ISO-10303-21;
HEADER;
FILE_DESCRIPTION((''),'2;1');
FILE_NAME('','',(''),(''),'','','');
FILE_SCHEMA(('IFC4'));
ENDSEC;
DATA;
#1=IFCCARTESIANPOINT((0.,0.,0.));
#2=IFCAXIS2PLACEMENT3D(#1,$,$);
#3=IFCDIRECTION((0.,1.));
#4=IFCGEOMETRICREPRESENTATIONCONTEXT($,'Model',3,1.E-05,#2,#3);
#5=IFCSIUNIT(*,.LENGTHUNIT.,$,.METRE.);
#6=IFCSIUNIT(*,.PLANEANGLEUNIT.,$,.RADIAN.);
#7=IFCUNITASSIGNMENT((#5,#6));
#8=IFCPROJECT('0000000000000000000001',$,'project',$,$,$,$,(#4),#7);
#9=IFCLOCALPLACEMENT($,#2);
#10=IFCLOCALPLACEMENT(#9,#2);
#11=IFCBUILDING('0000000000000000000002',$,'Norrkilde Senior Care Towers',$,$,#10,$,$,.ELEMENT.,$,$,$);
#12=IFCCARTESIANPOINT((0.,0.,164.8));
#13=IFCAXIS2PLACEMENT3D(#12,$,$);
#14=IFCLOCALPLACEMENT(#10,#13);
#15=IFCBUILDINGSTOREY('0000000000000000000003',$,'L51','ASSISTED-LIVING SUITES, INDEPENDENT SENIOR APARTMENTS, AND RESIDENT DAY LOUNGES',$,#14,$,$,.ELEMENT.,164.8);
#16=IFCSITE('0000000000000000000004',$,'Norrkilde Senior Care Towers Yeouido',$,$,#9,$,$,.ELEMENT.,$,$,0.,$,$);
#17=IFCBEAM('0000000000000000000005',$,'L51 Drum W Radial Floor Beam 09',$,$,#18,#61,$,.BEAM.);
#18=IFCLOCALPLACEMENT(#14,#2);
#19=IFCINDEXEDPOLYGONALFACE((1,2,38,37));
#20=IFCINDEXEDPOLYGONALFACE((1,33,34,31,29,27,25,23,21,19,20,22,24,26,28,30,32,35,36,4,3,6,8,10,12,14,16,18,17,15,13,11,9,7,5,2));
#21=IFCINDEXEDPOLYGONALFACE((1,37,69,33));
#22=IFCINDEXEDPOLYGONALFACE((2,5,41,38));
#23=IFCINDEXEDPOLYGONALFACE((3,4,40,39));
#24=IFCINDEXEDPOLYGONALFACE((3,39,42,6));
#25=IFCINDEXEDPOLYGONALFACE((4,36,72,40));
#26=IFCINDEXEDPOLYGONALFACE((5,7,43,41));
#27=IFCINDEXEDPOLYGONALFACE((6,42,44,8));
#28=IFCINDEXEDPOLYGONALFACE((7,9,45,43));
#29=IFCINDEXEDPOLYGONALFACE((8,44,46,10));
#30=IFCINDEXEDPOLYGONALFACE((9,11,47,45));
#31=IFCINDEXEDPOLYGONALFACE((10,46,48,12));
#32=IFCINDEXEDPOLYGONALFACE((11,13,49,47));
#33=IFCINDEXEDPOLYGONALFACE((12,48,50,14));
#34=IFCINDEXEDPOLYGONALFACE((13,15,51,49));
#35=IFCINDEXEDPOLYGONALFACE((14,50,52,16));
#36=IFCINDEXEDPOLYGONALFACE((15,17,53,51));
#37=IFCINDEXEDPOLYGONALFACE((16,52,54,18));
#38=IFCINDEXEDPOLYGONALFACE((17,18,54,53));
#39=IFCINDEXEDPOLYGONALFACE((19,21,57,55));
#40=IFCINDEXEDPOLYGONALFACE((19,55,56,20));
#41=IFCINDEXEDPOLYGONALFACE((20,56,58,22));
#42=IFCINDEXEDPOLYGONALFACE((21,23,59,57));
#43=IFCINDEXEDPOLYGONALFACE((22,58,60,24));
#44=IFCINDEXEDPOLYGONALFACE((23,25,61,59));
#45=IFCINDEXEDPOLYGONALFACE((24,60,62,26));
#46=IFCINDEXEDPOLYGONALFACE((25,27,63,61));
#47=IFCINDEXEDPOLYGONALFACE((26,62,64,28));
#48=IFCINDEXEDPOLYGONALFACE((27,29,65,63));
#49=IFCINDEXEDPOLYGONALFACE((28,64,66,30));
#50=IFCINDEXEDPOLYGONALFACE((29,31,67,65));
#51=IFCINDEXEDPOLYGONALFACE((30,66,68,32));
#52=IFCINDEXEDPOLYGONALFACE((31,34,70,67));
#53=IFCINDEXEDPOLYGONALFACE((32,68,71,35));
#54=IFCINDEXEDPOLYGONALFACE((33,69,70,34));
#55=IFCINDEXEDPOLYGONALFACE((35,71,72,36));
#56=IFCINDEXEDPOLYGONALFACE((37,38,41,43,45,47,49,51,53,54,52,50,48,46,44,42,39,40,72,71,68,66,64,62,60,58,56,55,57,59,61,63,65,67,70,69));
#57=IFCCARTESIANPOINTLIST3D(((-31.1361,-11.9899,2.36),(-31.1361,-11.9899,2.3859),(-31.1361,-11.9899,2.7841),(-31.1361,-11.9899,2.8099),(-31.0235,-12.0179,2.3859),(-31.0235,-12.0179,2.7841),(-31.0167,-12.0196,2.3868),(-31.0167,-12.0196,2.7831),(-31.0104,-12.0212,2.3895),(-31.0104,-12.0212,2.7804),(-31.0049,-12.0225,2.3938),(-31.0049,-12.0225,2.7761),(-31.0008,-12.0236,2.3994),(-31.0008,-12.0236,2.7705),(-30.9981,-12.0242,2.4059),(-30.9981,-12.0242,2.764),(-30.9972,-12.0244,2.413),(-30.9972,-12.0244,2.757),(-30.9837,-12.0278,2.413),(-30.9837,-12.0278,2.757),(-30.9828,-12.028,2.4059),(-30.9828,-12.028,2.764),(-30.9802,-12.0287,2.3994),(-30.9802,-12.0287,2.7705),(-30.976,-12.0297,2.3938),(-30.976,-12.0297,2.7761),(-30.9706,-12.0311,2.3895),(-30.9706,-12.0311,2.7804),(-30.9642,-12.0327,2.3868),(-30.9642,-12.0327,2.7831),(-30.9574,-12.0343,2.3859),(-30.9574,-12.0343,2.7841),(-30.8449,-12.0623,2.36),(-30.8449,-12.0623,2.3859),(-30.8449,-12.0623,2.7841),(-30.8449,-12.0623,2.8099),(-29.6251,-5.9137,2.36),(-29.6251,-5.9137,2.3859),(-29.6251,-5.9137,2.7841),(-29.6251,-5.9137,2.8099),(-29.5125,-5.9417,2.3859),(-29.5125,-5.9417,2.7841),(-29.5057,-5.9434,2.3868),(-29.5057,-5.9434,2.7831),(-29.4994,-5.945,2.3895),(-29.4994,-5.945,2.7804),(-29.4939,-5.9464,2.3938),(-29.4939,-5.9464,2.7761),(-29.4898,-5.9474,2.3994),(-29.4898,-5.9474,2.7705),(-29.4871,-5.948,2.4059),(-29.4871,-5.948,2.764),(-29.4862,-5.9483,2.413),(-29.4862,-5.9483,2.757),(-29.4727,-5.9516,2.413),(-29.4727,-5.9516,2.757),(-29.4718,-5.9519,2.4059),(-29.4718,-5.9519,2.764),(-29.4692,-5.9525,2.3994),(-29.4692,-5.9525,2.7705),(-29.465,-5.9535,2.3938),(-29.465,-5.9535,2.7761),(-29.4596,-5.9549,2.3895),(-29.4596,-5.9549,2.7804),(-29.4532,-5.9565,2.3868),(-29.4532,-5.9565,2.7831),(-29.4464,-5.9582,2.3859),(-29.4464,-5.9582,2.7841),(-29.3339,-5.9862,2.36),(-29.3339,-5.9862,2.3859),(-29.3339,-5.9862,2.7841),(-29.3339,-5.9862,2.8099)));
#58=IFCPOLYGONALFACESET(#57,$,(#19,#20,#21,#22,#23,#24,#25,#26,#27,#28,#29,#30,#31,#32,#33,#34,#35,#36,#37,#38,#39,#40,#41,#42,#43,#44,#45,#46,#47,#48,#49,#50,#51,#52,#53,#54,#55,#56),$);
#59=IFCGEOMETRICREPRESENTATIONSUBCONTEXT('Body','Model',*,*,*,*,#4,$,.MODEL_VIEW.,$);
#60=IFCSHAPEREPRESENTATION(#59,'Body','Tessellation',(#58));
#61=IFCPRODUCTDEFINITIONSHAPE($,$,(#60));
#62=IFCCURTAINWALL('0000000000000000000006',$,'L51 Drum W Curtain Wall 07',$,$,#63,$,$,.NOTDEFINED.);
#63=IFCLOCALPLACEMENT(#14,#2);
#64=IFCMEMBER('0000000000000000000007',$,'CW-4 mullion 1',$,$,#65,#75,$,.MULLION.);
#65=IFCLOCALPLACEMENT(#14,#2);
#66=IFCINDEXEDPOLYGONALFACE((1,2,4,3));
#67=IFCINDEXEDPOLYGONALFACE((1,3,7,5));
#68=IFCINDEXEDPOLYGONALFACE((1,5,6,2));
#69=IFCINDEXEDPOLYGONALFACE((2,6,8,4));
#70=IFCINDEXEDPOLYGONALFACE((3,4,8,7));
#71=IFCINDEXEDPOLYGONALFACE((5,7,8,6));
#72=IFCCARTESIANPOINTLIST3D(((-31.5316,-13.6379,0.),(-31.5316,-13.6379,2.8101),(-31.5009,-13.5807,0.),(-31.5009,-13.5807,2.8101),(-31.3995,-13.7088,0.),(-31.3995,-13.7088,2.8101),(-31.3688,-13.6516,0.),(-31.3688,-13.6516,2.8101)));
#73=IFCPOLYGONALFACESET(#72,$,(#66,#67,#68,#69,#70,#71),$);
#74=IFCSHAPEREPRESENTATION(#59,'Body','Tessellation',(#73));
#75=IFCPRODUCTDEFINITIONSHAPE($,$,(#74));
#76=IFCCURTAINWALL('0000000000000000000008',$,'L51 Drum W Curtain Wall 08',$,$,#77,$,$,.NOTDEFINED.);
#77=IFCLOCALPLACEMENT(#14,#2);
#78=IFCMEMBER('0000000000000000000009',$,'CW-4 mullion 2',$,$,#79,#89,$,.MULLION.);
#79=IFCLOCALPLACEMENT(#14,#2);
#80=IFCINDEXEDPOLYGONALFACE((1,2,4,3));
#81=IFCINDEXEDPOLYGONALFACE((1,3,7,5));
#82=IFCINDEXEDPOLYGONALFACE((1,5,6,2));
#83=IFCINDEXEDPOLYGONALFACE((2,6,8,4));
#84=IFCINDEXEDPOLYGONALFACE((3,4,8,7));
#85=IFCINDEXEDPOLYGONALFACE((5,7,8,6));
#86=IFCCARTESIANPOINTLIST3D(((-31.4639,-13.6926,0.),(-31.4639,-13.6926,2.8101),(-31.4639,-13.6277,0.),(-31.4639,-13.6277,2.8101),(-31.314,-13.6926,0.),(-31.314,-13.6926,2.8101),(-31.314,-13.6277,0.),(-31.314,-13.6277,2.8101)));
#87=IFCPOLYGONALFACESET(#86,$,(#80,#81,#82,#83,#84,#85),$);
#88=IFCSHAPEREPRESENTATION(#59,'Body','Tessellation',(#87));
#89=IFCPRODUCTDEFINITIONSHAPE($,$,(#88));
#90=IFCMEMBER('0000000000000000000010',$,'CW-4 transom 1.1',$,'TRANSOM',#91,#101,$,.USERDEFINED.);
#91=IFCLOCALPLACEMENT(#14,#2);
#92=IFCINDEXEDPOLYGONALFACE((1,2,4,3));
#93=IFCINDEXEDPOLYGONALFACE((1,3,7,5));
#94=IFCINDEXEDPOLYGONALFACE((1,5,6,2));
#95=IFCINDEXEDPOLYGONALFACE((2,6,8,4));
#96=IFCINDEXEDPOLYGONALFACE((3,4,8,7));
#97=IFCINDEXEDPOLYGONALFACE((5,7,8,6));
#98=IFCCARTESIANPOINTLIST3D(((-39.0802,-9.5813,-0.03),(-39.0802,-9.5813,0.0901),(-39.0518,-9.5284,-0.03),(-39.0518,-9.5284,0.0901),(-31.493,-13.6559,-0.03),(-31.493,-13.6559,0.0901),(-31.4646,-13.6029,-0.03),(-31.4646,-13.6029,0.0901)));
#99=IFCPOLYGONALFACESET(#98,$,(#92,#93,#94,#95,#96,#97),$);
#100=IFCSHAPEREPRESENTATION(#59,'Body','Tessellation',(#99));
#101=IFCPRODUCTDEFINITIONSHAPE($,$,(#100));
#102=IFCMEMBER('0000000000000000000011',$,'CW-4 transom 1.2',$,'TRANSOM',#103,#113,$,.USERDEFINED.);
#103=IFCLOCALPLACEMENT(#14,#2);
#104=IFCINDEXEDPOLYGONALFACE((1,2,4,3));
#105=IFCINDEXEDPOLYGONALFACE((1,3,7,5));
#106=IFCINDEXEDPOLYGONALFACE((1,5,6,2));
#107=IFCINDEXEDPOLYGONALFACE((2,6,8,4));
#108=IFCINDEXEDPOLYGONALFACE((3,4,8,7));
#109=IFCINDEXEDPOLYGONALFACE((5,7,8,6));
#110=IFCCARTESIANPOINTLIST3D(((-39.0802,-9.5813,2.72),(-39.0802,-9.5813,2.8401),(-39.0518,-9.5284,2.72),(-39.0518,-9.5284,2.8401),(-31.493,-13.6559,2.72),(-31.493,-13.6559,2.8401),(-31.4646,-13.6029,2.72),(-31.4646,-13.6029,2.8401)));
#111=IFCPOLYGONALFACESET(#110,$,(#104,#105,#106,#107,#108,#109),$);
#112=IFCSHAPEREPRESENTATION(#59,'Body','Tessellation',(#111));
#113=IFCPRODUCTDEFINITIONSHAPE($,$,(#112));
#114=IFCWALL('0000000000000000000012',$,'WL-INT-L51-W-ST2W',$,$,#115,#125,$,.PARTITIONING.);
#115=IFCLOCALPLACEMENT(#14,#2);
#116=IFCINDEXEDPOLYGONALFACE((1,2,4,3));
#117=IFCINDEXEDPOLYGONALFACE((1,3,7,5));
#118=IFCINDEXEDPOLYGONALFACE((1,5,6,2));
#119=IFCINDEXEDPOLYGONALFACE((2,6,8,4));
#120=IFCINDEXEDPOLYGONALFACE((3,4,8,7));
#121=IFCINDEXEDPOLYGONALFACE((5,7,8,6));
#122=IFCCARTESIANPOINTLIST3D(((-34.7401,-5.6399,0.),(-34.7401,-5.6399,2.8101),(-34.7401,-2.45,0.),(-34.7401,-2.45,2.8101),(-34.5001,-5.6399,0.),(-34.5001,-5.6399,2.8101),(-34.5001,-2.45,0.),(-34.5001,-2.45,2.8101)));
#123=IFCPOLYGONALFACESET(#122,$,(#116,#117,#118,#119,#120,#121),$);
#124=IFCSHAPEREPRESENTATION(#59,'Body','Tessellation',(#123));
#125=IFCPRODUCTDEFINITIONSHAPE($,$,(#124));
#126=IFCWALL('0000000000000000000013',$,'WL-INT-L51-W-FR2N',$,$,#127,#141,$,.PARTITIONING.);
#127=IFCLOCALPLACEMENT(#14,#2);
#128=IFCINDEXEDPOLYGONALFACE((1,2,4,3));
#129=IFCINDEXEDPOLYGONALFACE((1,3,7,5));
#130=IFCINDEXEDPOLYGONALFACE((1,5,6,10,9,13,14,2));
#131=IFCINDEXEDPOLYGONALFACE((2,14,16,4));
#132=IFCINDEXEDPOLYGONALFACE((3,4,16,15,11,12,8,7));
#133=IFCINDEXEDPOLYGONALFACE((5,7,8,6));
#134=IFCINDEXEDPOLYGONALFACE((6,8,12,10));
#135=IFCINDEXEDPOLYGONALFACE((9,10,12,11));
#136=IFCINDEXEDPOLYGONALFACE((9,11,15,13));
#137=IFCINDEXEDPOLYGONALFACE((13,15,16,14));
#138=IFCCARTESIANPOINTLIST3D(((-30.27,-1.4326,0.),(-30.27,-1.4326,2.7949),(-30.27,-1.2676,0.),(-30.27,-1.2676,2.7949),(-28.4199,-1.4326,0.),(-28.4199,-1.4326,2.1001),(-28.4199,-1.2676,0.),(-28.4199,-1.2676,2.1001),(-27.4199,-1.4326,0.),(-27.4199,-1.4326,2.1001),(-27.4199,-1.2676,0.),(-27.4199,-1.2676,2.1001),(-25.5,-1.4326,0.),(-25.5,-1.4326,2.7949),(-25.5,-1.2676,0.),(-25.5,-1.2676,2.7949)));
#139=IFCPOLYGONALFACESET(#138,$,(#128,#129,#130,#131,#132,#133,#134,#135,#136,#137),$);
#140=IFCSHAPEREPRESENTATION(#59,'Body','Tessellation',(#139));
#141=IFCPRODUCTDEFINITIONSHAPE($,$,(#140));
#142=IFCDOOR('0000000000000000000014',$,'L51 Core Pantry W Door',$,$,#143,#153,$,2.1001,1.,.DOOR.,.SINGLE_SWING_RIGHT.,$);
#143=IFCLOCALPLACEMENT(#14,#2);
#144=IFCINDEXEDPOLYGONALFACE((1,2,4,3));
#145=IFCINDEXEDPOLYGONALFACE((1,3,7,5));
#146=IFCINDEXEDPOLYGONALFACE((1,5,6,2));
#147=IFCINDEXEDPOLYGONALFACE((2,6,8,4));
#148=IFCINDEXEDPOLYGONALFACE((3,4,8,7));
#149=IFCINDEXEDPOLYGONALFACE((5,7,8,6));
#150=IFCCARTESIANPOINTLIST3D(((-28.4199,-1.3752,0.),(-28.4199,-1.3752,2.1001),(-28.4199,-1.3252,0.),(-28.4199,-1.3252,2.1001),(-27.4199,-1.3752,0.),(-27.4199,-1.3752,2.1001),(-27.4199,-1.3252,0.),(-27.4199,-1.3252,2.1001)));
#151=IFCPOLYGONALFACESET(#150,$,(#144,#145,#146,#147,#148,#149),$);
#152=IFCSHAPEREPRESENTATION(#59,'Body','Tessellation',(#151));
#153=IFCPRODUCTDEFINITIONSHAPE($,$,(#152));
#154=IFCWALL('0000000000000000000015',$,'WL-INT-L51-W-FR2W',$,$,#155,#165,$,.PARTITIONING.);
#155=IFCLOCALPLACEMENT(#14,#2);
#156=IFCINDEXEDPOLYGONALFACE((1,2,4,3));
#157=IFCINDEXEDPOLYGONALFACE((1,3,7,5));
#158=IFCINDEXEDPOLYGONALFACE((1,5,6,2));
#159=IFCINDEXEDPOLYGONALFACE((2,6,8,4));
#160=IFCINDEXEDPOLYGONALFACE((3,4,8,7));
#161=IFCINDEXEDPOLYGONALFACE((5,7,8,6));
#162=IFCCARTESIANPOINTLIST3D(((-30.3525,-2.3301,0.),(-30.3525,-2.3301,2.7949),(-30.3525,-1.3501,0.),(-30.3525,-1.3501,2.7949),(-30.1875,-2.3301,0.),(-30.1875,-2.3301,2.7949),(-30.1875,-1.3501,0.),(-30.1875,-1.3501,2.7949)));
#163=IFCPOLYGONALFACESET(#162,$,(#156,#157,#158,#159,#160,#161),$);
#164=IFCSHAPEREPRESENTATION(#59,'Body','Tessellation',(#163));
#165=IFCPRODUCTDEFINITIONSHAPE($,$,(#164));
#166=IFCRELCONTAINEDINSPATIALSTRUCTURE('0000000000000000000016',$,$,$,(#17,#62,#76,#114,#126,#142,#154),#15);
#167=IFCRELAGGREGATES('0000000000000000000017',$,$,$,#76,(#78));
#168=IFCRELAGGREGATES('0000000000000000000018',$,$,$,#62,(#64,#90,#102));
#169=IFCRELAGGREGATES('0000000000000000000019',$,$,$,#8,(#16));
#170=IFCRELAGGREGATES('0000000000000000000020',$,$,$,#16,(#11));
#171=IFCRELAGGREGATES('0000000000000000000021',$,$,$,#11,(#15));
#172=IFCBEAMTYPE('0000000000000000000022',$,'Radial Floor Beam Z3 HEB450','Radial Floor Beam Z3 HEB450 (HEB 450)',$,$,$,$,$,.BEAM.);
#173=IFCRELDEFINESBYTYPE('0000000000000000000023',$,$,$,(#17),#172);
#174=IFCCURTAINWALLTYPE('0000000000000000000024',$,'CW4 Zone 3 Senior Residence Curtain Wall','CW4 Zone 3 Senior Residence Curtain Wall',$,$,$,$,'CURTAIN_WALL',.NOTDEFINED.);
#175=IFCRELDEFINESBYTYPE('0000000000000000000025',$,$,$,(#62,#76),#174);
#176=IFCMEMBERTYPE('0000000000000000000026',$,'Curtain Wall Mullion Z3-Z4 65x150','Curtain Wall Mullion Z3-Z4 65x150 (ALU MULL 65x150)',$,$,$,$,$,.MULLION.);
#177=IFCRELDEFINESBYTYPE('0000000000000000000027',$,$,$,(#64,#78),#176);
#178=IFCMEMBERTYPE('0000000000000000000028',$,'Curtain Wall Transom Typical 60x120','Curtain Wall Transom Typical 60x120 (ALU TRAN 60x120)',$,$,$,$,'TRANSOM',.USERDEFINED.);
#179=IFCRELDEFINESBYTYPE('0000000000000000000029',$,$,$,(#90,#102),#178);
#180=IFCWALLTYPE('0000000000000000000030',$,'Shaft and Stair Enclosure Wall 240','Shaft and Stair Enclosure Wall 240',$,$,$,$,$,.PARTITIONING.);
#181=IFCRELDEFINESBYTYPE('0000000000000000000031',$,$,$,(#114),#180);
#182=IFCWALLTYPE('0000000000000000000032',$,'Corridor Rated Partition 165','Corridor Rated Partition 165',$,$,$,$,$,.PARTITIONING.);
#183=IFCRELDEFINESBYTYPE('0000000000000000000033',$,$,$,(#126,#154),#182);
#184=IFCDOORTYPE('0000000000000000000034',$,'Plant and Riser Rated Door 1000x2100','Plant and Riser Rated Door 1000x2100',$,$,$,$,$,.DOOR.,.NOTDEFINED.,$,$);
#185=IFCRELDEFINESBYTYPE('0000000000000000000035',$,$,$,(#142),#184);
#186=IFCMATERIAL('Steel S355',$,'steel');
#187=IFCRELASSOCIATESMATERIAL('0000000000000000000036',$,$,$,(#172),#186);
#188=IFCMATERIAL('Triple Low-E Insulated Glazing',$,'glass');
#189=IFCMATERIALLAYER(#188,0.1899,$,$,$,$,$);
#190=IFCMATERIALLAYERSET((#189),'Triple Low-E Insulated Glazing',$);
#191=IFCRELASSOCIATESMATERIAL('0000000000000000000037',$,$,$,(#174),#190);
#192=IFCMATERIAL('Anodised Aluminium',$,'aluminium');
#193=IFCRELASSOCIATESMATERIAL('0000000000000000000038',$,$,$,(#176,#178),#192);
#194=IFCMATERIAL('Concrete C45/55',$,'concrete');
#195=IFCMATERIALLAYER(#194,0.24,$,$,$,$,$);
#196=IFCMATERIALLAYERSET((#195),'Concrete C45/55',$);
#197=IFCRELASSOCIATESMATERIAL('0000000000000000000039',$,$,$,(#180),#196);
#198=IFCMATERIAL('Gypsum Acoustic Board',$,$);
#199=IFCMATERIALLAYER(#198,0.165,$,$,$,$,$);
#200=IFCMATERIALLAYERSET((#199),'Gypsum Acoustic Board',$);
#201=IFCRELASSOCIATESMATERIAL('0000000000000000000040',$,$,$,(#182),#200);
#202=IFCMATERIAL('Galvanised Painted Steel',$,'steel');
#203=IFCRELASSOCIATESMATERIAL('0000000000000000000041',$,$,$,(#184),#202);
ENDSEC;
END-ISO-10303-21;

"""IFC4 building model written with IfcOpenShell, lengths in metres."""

from ifc_helpers import new_model, si_unit, direction, frame, frame_2d, origin, origin_2d, place, context, subcontext, project, spatial, rectangle, i_section, extrude, source, transform, mapped, material, layer, layer_set, material_profile, profile_set, type_object, type_shapes, element, fill, aggregate, save


model = new_model("IFC4")

# Units and contexts
model_context = context("Model", 3, precision=1e-05, world=origin(), true_north=direction((0.0, 1.0)))
body_context = subcontext(model_context, "Body", "Model", "MODEL_VIEW")
ifc_project = project(units=[si_unit("LENGTHUNIT", "METRE"), si_unit("PLANEANGLEUNIT", "RADIAN")], contexts=[model_context])

# Site, building, storey
site_placement = place(None, origin())
site = spatial("IfcSite", under=ifc_project, at=site_placement, Name="Norrkilde Senior Care Towers Yeouido", CompositionType="ELEMENT", RefElevation=0.0)
building_placement = place(site_placement, origin())
building = spatial("IfcBuilding", under=site, at=building_placement, Name="Norrkilde Senior Care Towers", CompositionType="ELEMENT")
storey_placement = place(building_placement, frame((0.0, 0.0, 164.8)))
storey = spatial("IfcBuildingStorey", under=building, at=storey_placement, Name="L51", Description="ASSISTED-LIVING SUITES, INDEPENDENT SENIOR APARTMENTS, AND RESIDENT DAY LOUNGES", CompositionType="ELEMENT", Elevation=164.8)

# Beam
ifc_material_1 = material(Name="Steel S355", Category="steel")
ifc_material_profile_1 = material_profile(ifc_material_1, i_section(OverallWidth=0.3, OverallDepth=0.45, WebThickness=0.0139, FlangeThickness=0.0259, FilletRadius=0.0271, at=origin_2d()), Name="HEB 450")
ifc_profile_set_1 = profile_set([ifc_material_profile_1], Name="Steel S355")
beam_type_1 = type_object("IfcBeamType", Name="Radial Floor Beam Z3 HEB450", Description="Radial Floor Beam Z3 HEB450 (HEB 450)", PredefinedType="BEAM", material=ifc_profile_set_1)
shared_shape_1 = source(origin(), body_context, "Body", "SweptSolid", [
    extrude(i_section(OverallWidth=0.3, OverallDepth=0.45, WebThickness=0.0139, FlangeThickness=0.0259, FilletRadius=0.0271, at=origin_2d()), origin(), (0.0, 0.0, 1.0), 6.2612),
])
beam_1_placement = place(storey_placement, frame((-29.4795, -5.95, 2.585), z_axis=(-0.241324, -0.970445, 0.0), x_axis=(0.970445, -0.241324, 0.0)))
element("IfcBeam", 1, at=beam_1_placement, inside=storey, type_object=beam_type_1, Name="L51 Drum W Radial Floor Beam 09", PredefinedType="BEAM", context=body_context, shape_type="MappedRepresentation", body=[
    mapped(shared_shape_1, transform((0.0, 0.0, 0.0), x_axis=(1.0, 0.0, 0.0), y_axis=(0.0, 1.0, 0.0), z_axis=(0.0, 0.0, 1.0), scale=1.0)),
])

# Curtain walls, members
ifc_material_2 = material(Name="Triple Low-E Insulated Glazing", Category="glass")
ifc_layer_1 = layer(ifc_material_2, 0.1899)
ifc_layer_set_1 = layer_set([ifc_layer_1], Name="Triple Low-E Insulated Glazing")
curtain_wall_type = type_object("IfcCurtainWallType", Name="CW4 Zone 3 Senior Residence Curtain Wall", Description="CW4 Zone 3 Senior Residence Curtain Wall", ElementType="CURTAIN_WALL", PredefinedType="NOTDEFINED", material=ifc_layer_set_1)
curtain_wall_1_placement = place(storey_placement, origin())
curtain_wall_1 = element("IfcCurtainWall", 2, at=curtain_wall_1_placement, inside=storey, type_object=curtain_wall_type, Name="L51 Drum W Curtain Wall 07", PredefinedType="NOTDEFINED")
ifc_material_3 = material(Name="Anodised Aluminium", Category="aluminium")
ifc_material_profile_2 = material_profile(ifc_material_3, rectangle(XDim=0.0649, YDim=0.1499, at=origin_2d()), Name="ALU MULL 65x150")
ifc_profile_set_2 = profile_set([ifc_material_profile_2], Name="Anodised Aluminium")
member_type_1 = type_object("IfcMemberType", Name="Curtain Wall Mullion Z3-Z4 65x150", Description="Curtain Wall Mullion Z3-Z4 65x150 (ALU MULL 65x150)", PredefinedType="MULLION", material=ifc_profile_set_2)
shared_shape_2 = source(origin(), body_context, "Body", "SweptSolid", [
    extrude(rectangle(XDim=0.0649, YDim=0.1499, at=origin_2d()), origin(), (0.0, 0.0, 1.0), 2.8101),
])
type_shapes(member_type_1, [shared_shape_2])
member_1_placement = place(storey_placement, frame((-31.4502, -13.6448, 0.0), z_axis=(0.0, 0.0, 1.0), x_axis=(-0.473117, -0.881, 0.0)))
member_1 = element("IfcMember", 3, at=member_1_placement, type_object=member_type_1, Name="CW-4 mullion 1", PredefinedType="MULLION", context=body_context, shape_type="MappedRepresentation", body=[
    mapped(shared_shape_2, transform((0.0, 0.0, 0.0), x_axis=(1.0, 0.0, 0.0), y_axis=(0.0, 1.0, 0.0), z_axis=(0.0, 0.0, 1.0), scale=1.0)),
])
curtain_wall_2_placement = place(storey_placement, origin())
curtain_wall_2 = element("IfcCurtainWall", 4, at=curtain_wall_2_placement, inside=storey, type_object=curtain_wall_type, Name="L51 Drum W Curtain Wall 08", PredefinedType="NOTDEFINED")
member_2_placement = place(storey_placement, frame((-31.3889, -13.6602, 0.0), z_axis=(0.0, 0.0, 1.0), x_axis=(0.0, -1.0, 0.0)))
member_2 = element("IfcMember", 5, at=member_2_placement, type_object=member_type_1, Name="CW-4 mullion 2", PredefinedType="MULLION", context=body_context, shape_type="MappedRepresentation", body=[
    mapped(shared_shape_2, transform((0.0, 0.0, 0.0), x_axis=(1.0, 0.0, 0.0), y_axis=(0.0, 1.0, 0.0), z_axis=(0.0, 0.0, 1.0), scale=1.0)),
])
aggregate(curtain_wall_2, [member_2])

# Members
ifc_material_profile_3 = material_profile(ifc_material_3, rectangle(XDim=0.0601, YDim=0.1201, at=origin_2d()), Name="ALU TRAN 60x120")
ifc_profile_set_3 = profile_set([ifc_material_profile_3], Name="Anodised Aluminium")
member_type_2 = type_object("IfcMemberType", Name="Curtain Wall Transom Typical 60x120", Description="Curtain Wall Transom Typical 60x120 (ALU TRAN 60x120)", ElementType="TRANSOM", PredefinedType="USERDEFINED", material=ifc_profile_set_3)
shared_shape_3 = source(origin(), body_context, "Body", "SweptSolid", [
    extrude(rectangle(XDim=0.0601, YDim=0.1201, at=origin_2d()), origin(), (0.0, 0.0, 1.0), 8.6121),
])
type_shapes(member_type_2, [shared_shape_3])
member_3_placement = place(storey_placement, frame((-31.4788, -13.6294, 0.03), z_axis=(-0.881, 0.473116, 0.0), x_axis=(-0.473116, -0.881, 0.0)))
member_3 = element("IfcMember", 6, at=member_3_placement, type_object=member_type_2, Name="CW-4 transom 1.1", ObjectType="TRANSOM", PredefinedType="USERDEFINED", context=body_context, shape_type="MappedRepresentation", body=[
    mapped(shared_shape_3, transform((0.0, 0.0, 0.0), x_axis=(1.0, 0.0, 0.0), y_axis=(0.0, 1.0, 0.0), z_axis=(0.0, 0.0, 1.0), scale=1.0)),
])
member_4_placement = place(storey_placement, frame((-31.4788, -13.6294, 2.78), z_axis=(-0.881, 0.473116, 0.0), x_axis=(-0.473116, -0.881, 0.0)))
member_4 = element("IfcMember", 7, at=member_4_placement, type_object=member_type_2, Name="CW-4 transom 1.2", ObjectType="TRANSOM", PredefinedType="USERDEFINED", context=body_context, shape_type="MappedRepresentation", body=[
    mapped(shared_shape_3, transform((0.0, 0.0, 0.0), x_axis=(1.0, 0.0, 0.0), y_axis=(0.0, 1.0, 0.0), z_axis=(0.0, 0.0, 1.0), scale=1.0)),
])
aggregate(curtain_wall_1, [member_1, member_3, member_4])

# Wall
ifc_material_4 = material(Name="Concrete C45/55", Category="concrete")
ifc_layer_2 = layer(ifc_material_4, 0.24)
ifc_layer_set_2 = layer_set([ifc_layer_2], Name="Concrete C45/55")
wall_type_1 = type_object("IfcWallType", Name="Shaft and Stair Enclosure Wall 240", Description="Shaft and Stair Enclosure Wall 240", PredefinedType="PARTITIONING", material=ifc_layer_set_2)
shared_shape_4 = source(origin(), body_context, "Body", "SweptSolid", [
    extrude(rectangle(XDim=3.1899, YDim=0.24, at=frame_2d((1.595, 0.0))), origin(), (0.0, 0.0, 1.0), 2.8101),
])
type_shapes(wall_type_1, [shared_shape_4])
wall_1_placement = place(storey_placement, frame((-34.6201, -5.6399, 0.0), z_axis=(0.0, 0.0, 1.0), x_axis=(0.0, 1.0, 0.0)))
element("IfcWall", 8, at=wall_1_placement, inside=storey, type_object=wall_type_1, Name="WL-INT-L51-W-ST2W", PredefinedType="PARTITIONING", context=body_context, shape_type="MappedRepresentation", body=[
    mapped(shared_shape_4, transform((0.0, 0.0, 0.0), x_axis=(1.0, 0.0, 0.0), y_axis=(0.0, 1.0, 0.0), z_axis=(0.0, 0.0, 1.0), scale=1.0)),
])

# Wall, opening, door
ifc_material_5 = material(Name="Gypsum Acoustic Board")
ifc_layer_3 = layer(ifc_material_5, 0.165)
ifc_layer_set_3 = layer_set([ifc_layer_3], Name="Gypsum Acoustic Board")
wall_type_2 = type_object("IfcWallType", Name="Corridor Rated Partition 165", Description="Corridor Rated Partition 165", PredefinedType="PARTITIONING", material=ifc_layer_set_3)
shared_shape_5 = source(origin(), body_context, "Body", "SweptSolid", [
    extrude(rectangle(XDim=4.77, YDim=0.165, at=frame_2d((2.385, 0.0))), origin(), (0.0, 0.0, 1.0), 2.7949),
])
wall_2_placement = place(storey_placement, frame((-30.27, -1.3501, 0.0), z_axis=(0.0, 0.0, 1.0), x_axis=(1.0, 0.0, 0.0)))
wall_2 = element("IfcWall", 9, at=wall_2_placement, inside=storey, type_object=wall_type_2, Name="WL-INT-L51-W-FR2N", PredefinedType="PARTITIONING", context=body_context, shape_type="MappedRepresentation", body=[
    mapped(shared_shape_5, transform((0.0, 0.0, 0.0), x_axis=(1.0, 0.0, 0.0), y_axis=(0.0, 1.0, 0.0), z_axis=(0.0, 0.0, 1.0), scale=1.0)),
])
opening_placement = place(wall_2_placement, frame((1.8501, 0.0, 0.0)))
opening = element("IfcOpeningElement", 10, at=opening_placement, cuts=wall_2, PredefinedType="OPENING", context=body_context, shape_type="SweptSolid", body=[
    extrude(rectangle(XDim=1.0, YDim=2.1001, at=frame_2d((0.5, 1.05))), frame((0.0, 0.0925, 0.0), z_axis=(0.0, -1.0, 0.0), x_axis=(1.0, 0.0, 0.0)), (0.0, 0.0, 1.0), 0.1851),
])
ifc_material_6 = material(Name="Galvanised Painted Steel", Category="steel")
door_type = type_object("IfcDoorType", Name="Plant and Riser Rated Door 1000x2100", Description="Plant and Riser Rated Door 1000x2100", OperationType="NOTDEFINED", PredefinedType="DOOR", material=ifc_material_6)
shared_shape_6 = source(origin(), body_context, "Body", "SweptSolid", [
    extrude(rectangle(XDim=1.0, YDim=2.1001, at=frame_2d((0.5, 1.05))), frame((0.0, 0.0249, 0.0), z_axis=(0.0, -1.0, 0.0), x_axis=(1.0, 0.0, 0.0)), (0.0, 0.0, 1.0), 0.05),
])
type_shapes(door_type, [shared_shape_6])
door_placement = place(opening_placement, origin())
door = element("IfcDoor", 11, at=door_placement, inside=storey, type_object=door_type, Name="L51 Core Pantry W Door", OperationType="SINGLE_SWING_RIGHT", OverallHeight=2.1001, OverallWidth=1.0, PredefinedType="DOOR", context=body_context, shape_type="MappedRepresentation", body=[
    mapped(shared_shape_6, transform((0.0, 0.0, 0.0), x_axis=(1.0, 0.0, 0.0), y_axis=(0.0, 1.0, 0.0), z_axis=(0.0, 0.0, 1.0), scale=1.0)),
])
fill(opening, door)

# Wall
shared_shape_7 = source(origin(), body_context, "Body", "SweptSolid", [
    extrude(rectangle(XDim=0.98, YDim=0.165, at=frame_2d((0.49, 0.0))), origin(), (0.0, 0.0, 1.0), 2.7949),
])
type_shapes(wall_type_2, [shared_shape_5, shared_shape_7])
wall_3_placement = place(storey_placement, frame((-30.27, -2.3301, 0.0), z_axis=(0.0, 0.0, 1.0), x_axis=(0.0, 1.0, 0.0)))
element("IfcWall", 12, at=wall_3_placement, inside=storey, type_object=wall_type_2, Name="WL-INT-L51-W-FR2W", PredefinedType="PARTITIONING", context=body_context, shape_type="MappedRepresentation", body=[
    mapped(shared_shape_7, transform((0.0, 0.0, 0.0), x_axis=(1.0, 0.0, 0.0), y_axis=(0.0, 1.0, 0.0), z_axis=(0.0, 0.0, 1.0), scale=1.0)),
])

save(model, "model.ifc")
